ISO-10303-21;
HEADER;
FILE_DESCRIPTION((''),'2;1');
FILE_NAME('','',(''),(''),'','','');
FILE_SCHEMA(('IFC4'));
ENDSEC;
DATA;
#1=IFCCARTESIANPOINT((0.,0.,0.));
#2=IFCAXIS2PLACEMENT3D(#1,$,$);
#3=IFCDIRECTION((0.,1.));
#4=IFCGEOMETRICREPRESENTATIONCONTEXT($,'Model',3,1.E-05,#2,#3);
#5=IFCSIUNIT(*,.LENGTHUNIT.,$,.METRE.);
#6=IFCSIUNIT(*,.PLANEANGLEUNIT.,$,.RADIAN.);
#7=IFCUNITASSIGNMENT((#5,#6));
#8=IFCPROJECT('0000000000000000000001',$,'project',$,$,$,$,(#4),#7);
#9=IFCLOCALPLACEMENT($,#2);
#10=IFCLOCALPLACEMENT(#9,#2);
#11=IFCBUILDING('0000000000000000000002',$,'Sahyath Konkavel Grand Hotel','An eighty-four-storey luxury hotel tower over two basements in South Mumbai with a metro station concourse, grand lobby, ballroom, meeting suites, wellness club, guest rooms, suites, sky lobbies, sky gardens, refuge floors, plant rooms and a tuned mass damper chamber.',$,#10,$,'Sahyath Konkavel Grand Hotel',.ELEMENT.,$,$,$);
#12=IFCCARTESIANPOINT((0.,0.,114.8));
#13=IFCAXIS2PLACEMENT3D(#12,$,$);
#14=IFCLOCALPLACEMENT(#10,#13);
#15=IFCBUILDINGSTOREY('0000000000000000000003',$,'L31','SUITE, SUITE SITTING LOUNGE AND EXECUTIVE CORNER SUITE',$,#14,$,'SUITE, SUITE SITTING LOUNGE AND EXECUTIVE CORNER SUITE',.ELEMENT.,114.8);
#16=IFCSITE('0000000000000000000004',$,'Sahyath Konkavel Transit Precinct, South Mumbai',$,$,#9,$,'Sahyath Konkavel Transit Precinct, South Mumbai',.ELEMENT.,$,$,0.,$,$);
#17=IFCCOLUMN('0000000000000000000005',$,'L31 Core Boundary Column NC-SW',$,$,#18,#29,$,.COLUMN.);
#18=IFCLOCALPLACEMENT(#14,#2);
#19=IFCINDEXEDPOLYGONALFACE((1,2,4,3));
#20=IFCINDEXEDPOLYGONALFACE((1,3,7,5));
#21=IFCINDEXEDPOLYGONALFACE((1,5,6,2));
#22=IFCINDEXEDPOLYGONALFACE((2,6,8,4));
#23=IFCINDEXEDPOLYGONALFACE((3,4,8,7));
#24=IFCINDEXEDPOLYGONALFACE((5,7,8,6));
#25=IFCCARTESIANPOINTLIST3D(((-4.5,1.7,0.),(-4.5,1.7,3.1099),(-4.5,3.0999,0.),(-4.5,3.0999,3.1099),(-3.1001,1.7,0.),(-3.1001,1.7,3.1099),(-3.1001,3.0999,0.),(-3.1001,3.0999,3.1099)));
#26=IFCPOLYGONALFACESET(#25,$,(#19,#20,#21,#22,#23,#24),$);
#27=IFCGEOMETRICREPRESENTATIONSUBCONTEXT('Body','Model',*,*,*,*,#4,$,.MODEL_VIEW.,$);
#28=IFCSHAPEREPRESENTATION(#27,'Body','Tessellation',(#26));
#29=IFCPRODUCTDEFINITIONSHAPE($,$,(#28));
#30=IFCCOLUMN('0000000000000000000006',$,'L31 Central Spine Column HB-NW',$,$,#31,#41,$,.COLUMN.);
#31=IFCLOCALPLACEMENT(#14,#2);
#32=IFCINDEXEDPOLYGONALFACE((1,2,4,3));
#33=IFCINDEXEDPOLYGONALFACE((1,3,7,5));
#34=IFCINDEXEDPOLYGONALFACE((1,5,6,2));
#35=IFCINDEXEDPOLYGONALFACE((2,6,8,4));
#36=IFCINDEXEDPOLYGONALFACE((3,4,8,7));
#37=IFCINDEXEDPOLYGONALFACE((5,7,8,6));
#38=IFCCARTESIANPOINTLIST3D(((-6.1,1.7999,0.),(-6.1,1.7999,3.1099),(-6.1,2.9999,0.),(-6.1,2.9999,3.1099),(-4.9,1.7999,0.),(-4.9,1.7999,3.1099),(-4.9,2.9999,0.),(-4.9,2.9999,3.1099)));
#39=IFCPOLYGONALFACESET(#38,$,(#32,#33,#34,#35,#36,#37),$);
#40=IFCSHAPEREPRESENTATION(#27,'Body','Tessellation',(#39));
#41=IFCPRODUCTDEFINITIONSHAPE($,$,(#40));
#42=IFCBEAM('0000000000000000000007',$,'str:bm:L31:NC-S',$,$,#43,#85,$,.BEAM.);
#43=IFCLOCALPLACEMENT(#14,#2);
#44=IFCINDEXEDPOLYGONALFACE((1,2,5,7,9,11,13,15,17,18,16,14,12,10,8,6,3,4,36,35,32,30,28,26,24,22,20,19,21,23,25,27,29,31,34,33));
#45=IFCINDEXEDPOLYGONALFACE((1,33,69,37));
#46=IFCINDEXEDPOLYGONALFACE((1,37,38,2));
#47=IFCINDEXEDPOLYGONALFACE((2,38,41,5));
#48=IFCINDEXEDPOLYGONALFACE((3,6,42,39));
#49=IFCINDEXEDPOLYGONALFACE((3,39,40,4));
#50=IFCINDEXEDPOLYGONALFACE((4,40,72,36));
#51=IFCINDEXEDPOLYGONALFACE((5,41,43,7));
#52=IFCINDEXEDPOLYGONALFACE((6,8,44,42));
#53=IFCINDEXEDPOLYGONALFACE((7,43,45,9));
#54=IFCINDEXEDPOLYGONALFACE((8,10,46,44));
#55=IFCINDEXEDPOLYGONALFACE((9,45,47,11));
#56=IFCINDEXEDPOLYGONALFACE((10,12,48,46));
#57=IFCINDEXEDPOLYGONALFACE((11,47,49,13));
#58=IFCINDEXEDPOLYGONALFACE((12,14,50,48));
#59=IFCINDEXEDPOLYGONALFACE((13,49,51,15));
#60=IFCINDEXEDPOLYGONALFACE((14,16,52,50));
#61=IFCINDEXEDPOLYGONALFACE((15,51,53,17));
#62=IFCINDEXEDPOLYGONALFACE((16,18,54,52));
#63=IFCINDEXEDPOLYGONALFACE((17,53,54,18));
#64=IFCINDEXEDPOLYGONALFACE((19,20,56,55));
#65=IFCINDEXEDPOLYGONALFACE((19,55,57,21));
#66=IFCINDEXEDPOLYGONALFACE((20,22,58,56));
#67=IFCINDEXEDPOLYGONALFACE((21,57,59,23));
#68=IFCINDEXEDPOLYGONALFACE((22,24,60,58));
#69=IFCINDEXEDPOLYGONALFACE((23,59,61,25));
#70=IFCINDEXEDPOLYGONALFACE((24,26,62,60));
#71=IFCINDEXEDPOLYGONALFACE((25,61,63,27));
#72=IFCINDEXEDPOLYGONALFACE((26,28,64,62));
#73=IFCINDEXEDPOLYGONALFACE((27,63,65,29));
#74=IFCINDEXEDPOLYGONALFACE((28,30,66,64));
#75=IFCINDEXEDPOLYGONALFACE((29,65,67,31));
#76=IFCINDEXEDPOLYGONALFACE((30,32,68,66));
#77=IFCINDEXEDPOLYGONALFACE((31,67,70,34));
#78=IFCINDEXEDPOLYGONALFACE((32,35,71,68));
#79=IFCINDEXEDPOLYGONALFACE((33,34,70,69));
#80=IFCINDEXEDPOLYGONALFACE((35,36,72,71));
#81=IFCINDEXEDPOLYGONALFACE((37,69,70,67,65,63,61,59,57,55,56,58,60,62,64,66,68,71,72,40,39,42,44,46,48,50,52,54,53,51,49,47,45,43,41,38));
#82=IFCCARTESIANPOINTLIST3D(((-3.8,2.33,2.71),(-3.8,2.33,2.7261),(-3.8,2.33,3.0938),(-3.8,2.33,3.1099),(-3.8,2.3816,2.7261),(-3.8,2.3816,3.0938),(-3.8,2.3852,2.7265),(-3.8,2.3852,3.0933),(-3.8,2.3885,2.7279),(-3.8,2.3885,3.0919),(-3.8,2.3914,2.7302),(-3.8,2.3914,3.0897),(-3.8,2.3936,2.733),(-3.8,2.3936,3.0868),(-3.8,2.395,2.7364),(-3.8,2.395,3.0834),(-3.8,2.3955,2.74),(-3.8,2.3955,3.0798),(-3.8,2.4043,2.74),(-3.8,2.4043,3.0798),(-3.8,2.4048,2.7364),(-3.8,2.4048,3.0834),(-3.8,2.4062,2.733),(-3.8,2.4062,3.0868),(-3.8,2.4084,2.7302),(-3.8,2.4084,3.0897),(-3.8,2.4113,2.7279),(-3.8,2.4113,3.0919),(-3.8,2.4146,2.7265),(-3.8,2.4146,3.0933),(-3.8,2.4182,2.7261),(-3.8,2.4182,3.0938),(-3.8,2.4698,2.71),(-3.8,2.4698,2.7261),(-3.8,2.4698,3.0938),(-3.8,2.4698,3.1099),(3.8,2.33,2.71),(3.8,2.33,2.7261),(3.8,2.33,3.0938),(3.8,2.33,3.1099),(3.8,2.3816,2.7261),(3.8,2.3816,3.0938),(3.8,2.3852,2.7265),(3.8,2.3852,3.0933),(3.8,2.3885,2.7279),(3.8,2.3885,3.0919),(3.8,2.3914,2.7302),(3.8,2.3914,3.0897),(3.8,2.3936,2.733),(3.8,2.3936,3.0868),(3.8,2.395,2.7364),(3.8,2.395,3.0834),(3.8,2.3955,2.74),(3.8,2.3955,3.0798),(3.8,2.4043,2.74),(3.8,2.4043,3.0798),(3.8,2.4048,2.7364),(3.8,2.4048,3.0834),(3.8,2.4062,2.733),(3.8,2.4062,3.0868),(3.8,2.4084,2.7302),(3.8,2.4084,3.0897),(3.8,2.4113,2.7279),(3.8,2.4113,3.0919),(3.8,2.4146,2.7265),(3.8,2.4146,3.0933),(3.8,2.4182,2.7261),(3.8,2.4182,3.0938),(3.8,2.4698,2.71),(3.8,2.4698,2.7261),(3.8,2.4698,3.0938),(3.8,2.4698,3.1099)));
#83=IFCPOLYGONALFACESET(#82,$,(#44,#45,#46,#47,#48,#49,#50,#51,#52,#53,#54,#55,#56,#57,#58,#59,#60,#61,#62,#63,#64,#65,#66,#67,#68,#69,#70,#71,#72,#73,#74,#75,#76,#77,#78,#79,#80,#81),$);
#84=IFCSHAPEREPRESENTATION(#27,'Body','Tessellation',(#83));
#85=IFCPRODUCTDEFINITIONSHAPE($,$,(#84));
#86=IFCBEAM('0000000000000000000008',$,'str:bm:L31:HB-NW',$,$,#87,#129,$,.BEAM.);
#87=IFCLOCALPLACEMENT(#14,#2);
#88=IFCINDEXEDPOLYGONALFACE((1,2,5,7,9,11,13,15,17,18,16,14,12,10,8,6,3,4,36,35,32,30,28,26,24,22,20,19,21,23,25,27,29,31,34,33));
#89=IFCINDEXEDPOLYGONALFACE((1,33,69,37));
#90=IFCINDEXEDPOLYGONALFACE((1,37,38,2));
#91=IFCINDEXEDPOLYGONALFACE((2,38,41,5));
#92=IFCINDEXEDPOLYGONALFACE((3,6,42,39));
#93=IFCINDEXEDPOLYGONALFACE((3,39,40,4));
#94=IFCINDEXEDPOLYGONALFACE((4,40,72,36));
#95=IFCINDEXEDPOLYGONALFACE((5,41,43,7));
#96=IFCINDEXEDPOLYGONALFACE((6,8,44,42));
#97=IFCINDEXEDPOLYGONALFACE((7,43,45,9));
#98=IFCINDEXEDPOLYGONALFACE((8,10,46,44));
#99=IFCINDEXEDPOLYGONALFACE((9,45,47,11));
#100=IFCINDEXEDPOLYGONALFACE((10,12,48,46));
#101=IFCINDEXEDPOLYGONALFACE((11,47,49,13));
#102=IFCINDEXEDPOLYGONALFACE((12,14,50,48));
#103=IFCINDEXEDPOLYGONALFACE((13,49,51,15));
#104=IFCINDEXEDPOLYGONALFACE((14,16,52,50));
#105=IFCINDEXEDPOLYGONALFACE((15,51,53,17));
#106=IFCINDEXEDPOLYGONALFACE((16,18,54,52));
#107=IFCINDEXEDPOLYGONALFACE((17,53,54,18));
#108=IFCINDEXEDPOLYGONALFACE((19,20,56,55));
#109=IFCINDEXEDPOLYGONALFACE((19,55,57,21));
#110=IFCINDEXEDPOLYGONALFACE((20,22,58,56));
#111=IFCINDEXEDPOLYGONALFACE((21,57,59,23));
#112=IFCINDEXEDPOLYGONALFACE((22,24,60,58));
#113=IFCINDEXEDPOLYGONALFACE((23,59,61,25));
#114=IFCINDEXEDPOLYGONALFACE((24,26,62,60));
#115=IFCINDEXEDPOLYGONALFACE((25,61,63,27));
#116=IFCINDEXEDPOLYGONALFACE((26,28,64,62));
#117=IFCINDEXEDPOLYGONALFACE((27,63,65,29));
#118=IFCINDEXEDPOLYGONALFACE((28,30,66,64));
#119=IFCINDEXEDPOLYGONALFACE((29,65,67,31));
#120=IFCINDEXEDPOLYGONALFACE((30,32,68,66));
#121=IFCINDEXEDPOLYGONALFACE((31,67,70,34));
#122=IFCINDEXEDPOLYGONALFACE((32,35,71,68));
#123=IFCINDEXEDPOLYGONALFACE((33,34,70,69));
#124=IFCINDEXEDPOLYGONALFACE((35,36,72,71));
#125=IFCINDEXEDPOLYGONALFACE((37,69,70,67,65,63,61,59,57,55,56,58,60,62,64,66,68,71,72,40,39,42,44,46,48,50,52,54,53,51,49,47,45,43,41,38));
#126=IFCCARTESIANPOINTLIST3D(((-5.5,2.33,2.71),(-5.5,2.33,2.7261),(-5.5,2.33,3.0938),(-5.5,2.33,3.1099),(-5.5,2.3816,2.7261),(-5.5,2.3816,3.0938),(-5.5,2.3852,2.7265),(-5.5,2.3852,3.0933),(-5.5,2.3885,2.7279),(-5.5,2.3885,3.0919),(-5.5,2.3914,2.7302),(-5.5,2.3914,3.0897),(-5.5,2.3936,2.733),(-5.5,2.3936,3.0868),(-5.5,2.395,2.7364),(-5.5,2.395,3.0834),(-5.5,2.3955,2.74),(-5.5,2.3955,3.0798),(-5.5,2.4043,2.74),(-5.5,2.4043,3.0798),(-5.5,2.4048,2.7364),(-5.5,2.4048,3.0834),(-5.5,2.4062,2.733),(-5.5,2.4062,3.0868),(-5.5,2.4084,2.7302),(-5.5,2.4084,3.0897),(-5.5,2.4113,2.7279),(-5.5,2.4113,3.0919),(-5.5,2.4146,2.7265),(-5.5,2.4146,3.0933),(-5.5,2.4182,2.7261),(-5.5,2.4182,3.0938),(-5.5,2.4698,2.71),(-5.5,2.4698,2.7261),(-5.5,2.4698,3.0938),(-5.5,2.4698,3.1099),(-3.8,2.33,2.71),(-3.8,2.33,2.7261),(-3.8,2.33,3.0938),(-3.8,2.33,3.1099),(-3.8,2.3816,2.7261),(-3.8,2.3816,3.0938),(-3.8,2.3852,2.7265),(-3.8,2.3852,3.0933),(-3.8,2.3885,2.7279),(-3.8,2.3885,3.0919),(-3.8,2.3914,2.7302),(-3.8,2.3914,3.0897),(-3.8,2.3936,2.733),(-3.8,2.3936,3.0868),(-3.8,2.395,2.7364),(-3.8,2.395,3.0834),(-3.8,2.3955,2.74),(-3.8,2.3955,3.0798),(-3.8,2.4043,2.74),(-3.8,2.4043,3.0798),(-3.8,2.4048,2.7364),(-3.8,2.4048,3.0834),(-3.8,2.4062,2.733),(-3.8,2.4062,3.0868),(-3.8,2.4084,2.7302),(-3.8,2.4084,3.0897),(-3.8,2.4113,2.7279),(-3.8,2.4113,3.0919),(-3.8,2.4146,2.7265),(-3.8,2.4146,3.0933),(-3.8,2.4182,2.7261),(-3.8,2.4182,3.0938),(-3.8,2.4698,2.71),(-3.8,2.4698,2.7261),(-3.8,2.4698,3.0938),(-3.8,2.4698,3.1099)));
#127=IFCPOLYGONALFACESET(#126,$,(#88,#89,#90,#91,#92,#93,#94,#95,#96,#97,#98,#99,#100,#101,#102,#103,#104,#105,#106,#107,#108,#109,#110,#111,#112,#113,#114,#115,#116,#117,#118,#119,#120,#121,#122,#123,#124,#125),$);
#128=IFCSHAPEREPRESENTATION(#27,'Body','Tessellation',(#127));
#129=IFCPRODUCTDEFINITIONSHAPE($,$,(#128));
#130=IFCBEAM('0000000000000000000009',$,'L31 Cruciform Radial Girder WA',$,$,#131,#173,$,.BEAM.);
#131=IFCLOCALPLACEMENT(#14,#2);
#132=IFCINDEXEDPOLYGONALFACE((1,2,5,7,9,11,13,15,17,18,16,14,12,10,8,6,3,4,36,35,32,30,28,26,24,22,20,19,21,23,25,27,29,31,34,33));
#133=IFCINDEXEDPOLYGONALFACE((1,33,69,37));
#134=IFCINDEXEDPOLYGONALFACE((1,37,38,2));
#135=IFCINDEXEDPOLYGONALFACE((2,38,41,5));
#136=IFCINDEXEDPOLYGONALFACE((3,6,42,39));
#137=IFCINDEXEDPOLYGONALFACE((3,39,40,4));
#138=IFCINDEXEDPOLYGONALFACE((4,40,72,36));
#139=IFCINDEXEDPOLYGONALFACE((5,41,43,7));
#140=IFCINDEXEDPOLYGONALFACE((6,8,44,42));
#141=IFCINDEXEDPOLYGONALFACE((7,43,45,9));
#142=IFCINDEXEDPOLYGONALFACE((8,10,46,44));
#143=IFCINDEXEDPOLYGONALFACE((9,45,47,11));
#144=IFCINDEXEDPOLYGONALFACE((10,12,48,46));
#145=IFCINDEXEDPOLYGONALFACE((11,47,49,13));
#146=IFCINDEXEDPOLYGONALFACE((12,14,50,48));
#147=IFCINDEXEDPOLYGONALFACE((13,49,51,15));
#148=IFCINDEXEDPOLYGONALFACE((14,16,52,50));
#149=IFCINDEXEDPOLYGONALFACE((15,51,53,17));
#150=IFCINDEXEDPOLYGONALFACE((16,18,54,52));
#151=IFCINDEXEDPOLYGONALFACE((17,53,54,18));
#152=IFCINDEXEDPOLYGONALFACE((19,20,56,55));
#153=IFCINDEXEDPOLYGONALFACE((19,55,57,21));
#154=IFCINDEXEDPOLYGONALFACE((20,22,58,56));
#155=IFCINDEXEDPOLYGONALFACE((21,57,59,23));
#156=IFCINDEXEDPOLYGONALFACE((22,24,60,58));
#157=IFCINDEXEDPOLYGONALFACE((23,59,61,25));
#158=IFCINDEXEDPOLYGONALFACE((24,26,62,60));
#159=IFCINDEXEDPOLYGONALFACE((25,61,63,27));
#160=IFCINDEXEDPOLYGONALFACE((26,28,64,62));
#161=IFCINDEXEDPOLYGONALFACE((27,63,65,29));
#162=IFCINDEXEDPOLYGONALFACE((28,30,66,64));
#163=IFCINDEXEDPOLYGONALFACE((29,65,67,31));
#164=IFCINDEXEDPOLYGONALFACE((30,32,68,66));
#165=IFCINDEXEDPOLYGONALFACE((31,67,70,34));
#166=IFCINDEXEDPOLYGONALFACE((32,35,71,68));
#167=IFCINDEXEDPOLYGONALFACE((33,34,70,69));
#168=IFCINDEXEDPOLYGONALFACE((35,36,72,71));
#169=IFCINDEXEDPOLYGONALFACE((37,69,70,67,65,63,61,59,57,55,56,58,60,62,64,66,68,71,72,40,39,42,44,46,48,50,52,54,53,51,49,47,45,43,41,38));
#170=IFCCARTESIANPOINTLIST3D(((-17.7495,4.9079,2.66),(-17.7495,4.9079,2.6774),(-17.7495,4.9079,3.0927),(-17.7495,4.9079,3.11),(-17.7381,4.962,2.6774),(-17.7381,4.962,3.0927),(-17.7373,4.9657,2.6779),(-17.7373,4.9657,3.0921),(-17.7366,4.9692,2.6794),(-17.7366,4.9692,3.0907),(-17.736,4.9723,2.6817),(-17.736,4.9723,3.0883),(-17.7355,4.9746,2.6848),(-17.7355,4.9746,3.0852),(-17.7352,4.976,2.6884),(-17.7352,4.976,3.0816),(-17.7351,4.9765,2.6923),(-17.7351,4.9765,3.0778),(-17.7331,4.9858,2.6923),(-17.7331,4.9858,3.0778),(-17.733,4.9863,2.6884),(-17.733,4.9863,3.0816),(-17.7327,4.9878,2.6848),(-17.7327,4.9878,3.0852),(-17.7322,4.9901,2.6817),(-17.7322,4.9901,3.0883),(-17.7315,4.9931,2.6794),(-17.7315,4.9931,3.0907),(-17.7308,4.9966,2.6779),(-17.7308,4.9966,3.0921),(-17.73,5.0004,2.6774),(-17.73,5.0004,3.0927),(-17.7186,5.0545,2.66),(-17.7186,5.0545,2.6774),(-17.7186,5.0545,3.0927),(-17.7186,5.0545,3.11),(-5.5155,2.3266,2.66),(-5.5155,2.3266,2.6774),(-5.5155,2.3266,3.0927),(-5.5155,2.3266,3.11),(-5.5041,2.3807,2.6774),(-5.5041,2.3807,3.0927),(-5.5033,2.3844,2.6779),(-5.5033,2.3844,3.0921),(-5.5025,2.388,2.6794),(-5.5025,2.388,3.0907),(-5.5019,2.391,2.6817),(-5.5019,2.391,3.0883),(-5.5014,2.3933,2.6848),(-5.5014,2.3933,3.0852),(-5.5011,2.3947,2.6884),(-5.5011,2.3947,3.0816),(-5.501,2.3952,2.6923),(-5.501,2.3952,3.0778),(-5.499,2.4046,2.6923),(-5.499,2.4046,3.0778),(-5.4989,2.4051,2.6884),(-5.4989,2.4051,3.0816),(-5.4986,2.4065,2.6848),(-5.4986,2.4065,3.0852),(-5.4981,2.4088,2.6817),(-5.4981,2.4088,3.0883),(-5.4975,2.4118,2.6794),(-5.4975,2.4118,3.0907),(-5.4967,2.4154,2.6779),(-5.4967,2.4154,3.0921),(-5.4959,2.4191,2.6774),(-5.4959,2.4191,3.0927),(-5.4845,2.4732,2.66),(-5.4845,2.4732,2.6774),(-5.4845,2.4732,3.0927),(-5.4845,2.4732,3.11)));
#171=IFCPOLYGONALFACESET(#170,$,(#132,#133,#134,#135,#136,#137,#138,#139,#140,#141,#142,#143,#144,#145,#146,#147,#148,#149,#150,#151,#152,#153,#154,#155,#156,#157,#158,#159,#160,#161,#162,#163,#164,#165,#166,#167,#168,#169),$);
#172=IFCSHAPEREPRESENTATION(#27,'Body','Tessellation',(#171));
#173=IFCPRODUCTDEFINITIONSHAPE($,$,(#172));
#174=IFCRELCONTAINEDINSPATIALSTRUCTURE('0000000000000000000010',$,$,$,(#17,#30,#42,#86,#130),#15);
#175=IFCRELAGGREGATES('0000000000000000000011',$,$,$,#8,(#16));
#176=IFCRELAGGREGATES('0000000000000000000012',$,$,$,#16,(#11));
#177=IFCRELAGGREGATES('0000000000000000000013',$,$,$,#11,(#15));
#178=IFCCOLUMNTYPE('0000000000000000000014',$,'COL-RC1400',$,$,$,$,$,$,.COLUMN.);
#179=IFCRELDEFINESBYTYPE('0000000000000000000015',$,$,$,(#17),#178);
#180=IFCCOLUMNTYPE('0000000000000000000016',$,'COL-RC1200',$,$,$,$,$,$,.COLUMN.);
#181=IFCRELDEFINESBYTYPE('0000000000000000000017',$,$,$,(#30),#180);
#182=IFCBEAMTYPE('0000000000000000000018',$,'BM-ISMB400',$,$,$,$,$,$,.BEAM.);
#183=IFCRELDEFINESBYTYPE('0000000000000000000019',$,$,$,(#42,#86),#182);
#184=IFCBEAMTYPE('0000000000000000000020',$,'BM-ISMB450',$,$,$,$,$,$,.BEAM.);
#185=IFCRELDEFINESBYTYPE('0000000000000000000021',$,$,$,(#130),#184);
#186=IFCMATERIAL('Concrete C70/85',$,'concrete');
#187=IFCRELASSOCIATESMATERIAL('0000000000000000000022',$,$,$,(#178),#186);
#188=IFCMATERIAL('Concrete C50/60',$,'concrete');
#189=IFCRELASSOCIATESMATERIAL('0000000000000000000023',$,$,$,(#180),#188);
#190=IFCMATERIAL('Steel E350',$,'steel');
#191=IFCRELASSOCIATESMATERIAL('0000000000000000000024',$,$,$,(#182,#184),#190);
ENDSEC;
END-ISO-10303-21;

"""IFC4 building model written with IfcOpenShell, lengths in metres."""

from ifc_helpers import new_model, si_unit, direction, frame, origin, origin_2d, place, context, subcontext, project, spatial, rectangle, i_section, extrude, source, transform, mapped, material, material_profile, profile_set, type_object, element, save


model = new_model("IFC4")

# Units and contexts
model_context = context("Model", 3, precision=1e-05, world=origin(), true_north=direction((0.0, 1.0)))
body_context = subcontext(model_context, "Body", "Model", "MODEL_VIEW")
ifc_project = project(units=[si_unit("LENGTHUNIT", "METRE"), si_unit("PLANEANGLEUNIT", "RADIAN")], contexts=[model_context])

# Site, building, storey
site_placement = place(None, origin())
site = spatial("IfcSite", under=ifc_project, at=site_placement, Name="Sahyath Konkavel Transit Precinct, South Mumbai", LongName="Sahyath Konkavel Transit Precinct, South Mumbai", CompositionType="ELEMENT", RefElevation=0.0)
building_placement = place(site_placement, origin())
building = spatial("IfcBuilding", under=site, at=building_placement, Name="Sahyath Konkavel Grand Hotel", Description="An eighty-four-storey luxury hotel tower over two basements in South Mumbai with a metro station concourse, grand lobby, ballroom, meeting suites, wellness club, guest rooms, suites, sky lobbies, sky gardens, refuge floors, plant rooms and a tuned mass damper chamber.", LongName="Sahyath Konkavel Grand Hotel", CompositionType="ELEMENT")
storey_placement = place(building_placement, frame((0.0, 0.0, 114.8)))
storey = spatial("IfcBuildingStorey", under=building, at=storey_placement, Name="L31", Description="SUITE, SUITE SITTING LOUNGE AND EXECUTIVE CORNER SUITE", LongName="SUITE, SUITE SITTING LOUNGE AND EXECUTIVE CORNER SUITE", CompositionType="ELEMENT", Elevation=114.8)

# Columns
ifc_material_1 = material(Name="Concrete C70/85", Category="concrete")
ifc_material_profile_1 = material_profile(ifc_material_1, rectangle(XDim=1.3999, YDim=1.3999, at=origin_2d()), Name="RC 1400x1400")
ifc_profile_set_1 = profile_set([ifc_material_profile_1], Name="Concrete C70/85")
column_type_1 = type_object("IfcColumnType", Name="COL-RC1400", PredefinedType="COLUMN", material=ifc_profile_set_1)
shared_shape_1 = source(origin(), body_context, "Body", "SweptSolid", [
    extrude(rectangle(XDim=1.3999, YDim=1.3999, at=origin_2d()), origin(), (0.0, 0.0, 1.0), 3.1099),
])
column_1_placement = place(storey_placement, frame((-3.8, 2.3999, 0.0), z_axis=(0.0, 0.0, 1.0), x_axis=(1.0, 0.0, 0.0)))
element("IfcColumn", 1, at=column_1_placement, inside=storey, type_object=column_type_1, Name="L31 Core Boundary Column NC-SW", PredefinedType="COLUMN", context=body_context, shape_type="MappedRepresentation", body=[
    mapped(shared_shape_1, transform((0.0, 0.0, 0.0), scale=1.0)),
])
ifc_material_2 = material(Name="Concrete C50/60", Category="concrete")
ifc_material_profile_2 = material_profile(ifc_material_2, rectangle(XDim=1.2, YDim=1.2, at=origin_2d()), Name="RC 1200x1200")
ifc_profile_set_2 = profile_set([ifc_material_profile_2], Name="Concrete C50/60")
column_type_2 = type_object("IfcColumnType", Name="COL-RC1200", PredefinedType="COLUMN", material=ifc_profile_set_2)
shared_shape_2 = source(origin(), body_context, "Body", "SweptSolid", [
    extrude(rectangle(XDim=1.2, YDim=1.2, at=origin_2d()), origin(), (0.0, 0.0, 1.0), 3.1099),
])
column_2_placement = place(storey_placement, frame((-5.5, 2.3999, 0.0), z_axis=(0.0, 0.0, 1.0), x_axis=(1.0, 0.0, 0.0)))
element("IfcColumn", 2, at=column_2_placement, inside=storey, type_object=column_type_2, Name="L31 Central Spine Column HB-NW", PredefinedType="COLUMN", context=body_context, shape_type="MappedRepresentation", body=[
    mapped(shared_shape_2, transform((0.0, 0.0, 0.0), scale=1.0)),
])

# Beams
ifc_material_3 = material(Name="Steel E350", Category="steel")
ifc_material_profile_3 = material_profile(ifc_material_3, i_section(OverallWidth=0.1399, OverallDepth=0.3999, WebThickness=0.0088, FlangeThickness=0.0161, FilletRadius=0.0139, at=origin_2d()), Name="ISMB 400")
ifc_profile_set_3 = profile_set([ifc_material_profile_3], Name="Steel E350")
beam_type_1 = type_object("IfcBeamType", Name="BM-ISMB400", PredefinedType="BEAM", material=ifc_profile_set_3)
shared_shape_3 = source(origin(), body_context, "Body", "SweptSolid", [
    extrude(i_section(OverallWidth=0.1399, OverallDepth=0.3999, WebThickness=0.0088, FlangeThickness=0.0161, FilletRadius=0.0139, at=origin_2d()), origin(), (0.0, 0.0, 1.0), 7.6001),
])
beam_1_placement = place(storey_placement, frame((-3.8, 2.3999, 2.9099), z_axis=(1.0, 0.0, 0.0), x_axis=(0.0, 1.0, 0.0)))
element("IfcBeam", 3, at=beam_1_placement, inside=storey, type_object=beam_type_1, Name="str:bm:L31:NC-S", PredefinedType="BEAM", context=body_context, shape_type="MappedRepresentation", body=[
    mapped(shared_shape_3, transform((0.0, 0.0, 0.0), scale=1.0)),
])
shared_shape_4 = source(origin(), body_context, "Body", "SweptSolid", [
    extrude(i_section(OverallWidth=0.1399, OverallDepth=0.3999, WebThickness=0.0088, FlangeThickness=0.0161, FilletRadius=0.0139, at=origin_2d()), origin(), (0.0, 0.0, 1.0), 1.7),
])
beam_2_placement = place(storey_placement, frame((-5.5, 2.3999, 2.9099), z_axis=(1.0, 0.0, 0.0), x_axis=(0.0, 1.0, 0.0)))
element("IfcBeam", 4, at=beam_2_placement, inside=storey, type_object=beam_type_1, Name="str:bm:L31:HB-NW", PredefinedType="BEAM", context=body_context, shape_type="MappedRepresentation", body=[
    mapped(shared_shape_4, transform((0.0, 0.0, 0.0), scale=1.0)),
])
ifc_material_profile_4 = material_profile(ifc_material_3, i_section(OverallWidth=0.1499, OverallDepth=0.45, WebThickness=0.0095, FlangeThickness=0.0173, FilletRadius=0.0149, at=origin_2d()), Name="ISMB 450")
ifc_profile_set_4 = profile_set([ifc_material_profile_4], Name="Steel E350")
beam_type_2 = type_object("IfcBeamType", Name="BM-ISMB450", PredefinedType="BEAM", material=ifc_profile_set_4)
shared_shape_5 = source(origin(), body_context, "Body", "SweptSolid", [
    extrude(i_section(OverallWidth=0.1499, OverallDepth=0.45, WebThickness=0.0095, FlangeThickness=0.0173, FilletRadius=0.0149, at=origin_2d()), origin(), (0.0, 0.0, 1.0), 12.5034),
])
beam_3_placement = place(storey_placement, frame((-5.5, 2.3999, 2.885), z_axis=(-0.978458, 0.206446, 0.0), x_axis=(-0.206446, -0.978458, 0.0)))
element("IfcBeam", 5, at=beam_3_placement, inside=storey, type_object=beam_type_2, Name="L31 Cruciform Radial Girder WA", PredefinedType="BEAM", context=body_context, shape_type="MappedRepresentation", body=[
    mapped(shared_shape_5, transform((0.0, 0.0, 0.0), scale=1.0)),
])

save(model, "model.ifc")
